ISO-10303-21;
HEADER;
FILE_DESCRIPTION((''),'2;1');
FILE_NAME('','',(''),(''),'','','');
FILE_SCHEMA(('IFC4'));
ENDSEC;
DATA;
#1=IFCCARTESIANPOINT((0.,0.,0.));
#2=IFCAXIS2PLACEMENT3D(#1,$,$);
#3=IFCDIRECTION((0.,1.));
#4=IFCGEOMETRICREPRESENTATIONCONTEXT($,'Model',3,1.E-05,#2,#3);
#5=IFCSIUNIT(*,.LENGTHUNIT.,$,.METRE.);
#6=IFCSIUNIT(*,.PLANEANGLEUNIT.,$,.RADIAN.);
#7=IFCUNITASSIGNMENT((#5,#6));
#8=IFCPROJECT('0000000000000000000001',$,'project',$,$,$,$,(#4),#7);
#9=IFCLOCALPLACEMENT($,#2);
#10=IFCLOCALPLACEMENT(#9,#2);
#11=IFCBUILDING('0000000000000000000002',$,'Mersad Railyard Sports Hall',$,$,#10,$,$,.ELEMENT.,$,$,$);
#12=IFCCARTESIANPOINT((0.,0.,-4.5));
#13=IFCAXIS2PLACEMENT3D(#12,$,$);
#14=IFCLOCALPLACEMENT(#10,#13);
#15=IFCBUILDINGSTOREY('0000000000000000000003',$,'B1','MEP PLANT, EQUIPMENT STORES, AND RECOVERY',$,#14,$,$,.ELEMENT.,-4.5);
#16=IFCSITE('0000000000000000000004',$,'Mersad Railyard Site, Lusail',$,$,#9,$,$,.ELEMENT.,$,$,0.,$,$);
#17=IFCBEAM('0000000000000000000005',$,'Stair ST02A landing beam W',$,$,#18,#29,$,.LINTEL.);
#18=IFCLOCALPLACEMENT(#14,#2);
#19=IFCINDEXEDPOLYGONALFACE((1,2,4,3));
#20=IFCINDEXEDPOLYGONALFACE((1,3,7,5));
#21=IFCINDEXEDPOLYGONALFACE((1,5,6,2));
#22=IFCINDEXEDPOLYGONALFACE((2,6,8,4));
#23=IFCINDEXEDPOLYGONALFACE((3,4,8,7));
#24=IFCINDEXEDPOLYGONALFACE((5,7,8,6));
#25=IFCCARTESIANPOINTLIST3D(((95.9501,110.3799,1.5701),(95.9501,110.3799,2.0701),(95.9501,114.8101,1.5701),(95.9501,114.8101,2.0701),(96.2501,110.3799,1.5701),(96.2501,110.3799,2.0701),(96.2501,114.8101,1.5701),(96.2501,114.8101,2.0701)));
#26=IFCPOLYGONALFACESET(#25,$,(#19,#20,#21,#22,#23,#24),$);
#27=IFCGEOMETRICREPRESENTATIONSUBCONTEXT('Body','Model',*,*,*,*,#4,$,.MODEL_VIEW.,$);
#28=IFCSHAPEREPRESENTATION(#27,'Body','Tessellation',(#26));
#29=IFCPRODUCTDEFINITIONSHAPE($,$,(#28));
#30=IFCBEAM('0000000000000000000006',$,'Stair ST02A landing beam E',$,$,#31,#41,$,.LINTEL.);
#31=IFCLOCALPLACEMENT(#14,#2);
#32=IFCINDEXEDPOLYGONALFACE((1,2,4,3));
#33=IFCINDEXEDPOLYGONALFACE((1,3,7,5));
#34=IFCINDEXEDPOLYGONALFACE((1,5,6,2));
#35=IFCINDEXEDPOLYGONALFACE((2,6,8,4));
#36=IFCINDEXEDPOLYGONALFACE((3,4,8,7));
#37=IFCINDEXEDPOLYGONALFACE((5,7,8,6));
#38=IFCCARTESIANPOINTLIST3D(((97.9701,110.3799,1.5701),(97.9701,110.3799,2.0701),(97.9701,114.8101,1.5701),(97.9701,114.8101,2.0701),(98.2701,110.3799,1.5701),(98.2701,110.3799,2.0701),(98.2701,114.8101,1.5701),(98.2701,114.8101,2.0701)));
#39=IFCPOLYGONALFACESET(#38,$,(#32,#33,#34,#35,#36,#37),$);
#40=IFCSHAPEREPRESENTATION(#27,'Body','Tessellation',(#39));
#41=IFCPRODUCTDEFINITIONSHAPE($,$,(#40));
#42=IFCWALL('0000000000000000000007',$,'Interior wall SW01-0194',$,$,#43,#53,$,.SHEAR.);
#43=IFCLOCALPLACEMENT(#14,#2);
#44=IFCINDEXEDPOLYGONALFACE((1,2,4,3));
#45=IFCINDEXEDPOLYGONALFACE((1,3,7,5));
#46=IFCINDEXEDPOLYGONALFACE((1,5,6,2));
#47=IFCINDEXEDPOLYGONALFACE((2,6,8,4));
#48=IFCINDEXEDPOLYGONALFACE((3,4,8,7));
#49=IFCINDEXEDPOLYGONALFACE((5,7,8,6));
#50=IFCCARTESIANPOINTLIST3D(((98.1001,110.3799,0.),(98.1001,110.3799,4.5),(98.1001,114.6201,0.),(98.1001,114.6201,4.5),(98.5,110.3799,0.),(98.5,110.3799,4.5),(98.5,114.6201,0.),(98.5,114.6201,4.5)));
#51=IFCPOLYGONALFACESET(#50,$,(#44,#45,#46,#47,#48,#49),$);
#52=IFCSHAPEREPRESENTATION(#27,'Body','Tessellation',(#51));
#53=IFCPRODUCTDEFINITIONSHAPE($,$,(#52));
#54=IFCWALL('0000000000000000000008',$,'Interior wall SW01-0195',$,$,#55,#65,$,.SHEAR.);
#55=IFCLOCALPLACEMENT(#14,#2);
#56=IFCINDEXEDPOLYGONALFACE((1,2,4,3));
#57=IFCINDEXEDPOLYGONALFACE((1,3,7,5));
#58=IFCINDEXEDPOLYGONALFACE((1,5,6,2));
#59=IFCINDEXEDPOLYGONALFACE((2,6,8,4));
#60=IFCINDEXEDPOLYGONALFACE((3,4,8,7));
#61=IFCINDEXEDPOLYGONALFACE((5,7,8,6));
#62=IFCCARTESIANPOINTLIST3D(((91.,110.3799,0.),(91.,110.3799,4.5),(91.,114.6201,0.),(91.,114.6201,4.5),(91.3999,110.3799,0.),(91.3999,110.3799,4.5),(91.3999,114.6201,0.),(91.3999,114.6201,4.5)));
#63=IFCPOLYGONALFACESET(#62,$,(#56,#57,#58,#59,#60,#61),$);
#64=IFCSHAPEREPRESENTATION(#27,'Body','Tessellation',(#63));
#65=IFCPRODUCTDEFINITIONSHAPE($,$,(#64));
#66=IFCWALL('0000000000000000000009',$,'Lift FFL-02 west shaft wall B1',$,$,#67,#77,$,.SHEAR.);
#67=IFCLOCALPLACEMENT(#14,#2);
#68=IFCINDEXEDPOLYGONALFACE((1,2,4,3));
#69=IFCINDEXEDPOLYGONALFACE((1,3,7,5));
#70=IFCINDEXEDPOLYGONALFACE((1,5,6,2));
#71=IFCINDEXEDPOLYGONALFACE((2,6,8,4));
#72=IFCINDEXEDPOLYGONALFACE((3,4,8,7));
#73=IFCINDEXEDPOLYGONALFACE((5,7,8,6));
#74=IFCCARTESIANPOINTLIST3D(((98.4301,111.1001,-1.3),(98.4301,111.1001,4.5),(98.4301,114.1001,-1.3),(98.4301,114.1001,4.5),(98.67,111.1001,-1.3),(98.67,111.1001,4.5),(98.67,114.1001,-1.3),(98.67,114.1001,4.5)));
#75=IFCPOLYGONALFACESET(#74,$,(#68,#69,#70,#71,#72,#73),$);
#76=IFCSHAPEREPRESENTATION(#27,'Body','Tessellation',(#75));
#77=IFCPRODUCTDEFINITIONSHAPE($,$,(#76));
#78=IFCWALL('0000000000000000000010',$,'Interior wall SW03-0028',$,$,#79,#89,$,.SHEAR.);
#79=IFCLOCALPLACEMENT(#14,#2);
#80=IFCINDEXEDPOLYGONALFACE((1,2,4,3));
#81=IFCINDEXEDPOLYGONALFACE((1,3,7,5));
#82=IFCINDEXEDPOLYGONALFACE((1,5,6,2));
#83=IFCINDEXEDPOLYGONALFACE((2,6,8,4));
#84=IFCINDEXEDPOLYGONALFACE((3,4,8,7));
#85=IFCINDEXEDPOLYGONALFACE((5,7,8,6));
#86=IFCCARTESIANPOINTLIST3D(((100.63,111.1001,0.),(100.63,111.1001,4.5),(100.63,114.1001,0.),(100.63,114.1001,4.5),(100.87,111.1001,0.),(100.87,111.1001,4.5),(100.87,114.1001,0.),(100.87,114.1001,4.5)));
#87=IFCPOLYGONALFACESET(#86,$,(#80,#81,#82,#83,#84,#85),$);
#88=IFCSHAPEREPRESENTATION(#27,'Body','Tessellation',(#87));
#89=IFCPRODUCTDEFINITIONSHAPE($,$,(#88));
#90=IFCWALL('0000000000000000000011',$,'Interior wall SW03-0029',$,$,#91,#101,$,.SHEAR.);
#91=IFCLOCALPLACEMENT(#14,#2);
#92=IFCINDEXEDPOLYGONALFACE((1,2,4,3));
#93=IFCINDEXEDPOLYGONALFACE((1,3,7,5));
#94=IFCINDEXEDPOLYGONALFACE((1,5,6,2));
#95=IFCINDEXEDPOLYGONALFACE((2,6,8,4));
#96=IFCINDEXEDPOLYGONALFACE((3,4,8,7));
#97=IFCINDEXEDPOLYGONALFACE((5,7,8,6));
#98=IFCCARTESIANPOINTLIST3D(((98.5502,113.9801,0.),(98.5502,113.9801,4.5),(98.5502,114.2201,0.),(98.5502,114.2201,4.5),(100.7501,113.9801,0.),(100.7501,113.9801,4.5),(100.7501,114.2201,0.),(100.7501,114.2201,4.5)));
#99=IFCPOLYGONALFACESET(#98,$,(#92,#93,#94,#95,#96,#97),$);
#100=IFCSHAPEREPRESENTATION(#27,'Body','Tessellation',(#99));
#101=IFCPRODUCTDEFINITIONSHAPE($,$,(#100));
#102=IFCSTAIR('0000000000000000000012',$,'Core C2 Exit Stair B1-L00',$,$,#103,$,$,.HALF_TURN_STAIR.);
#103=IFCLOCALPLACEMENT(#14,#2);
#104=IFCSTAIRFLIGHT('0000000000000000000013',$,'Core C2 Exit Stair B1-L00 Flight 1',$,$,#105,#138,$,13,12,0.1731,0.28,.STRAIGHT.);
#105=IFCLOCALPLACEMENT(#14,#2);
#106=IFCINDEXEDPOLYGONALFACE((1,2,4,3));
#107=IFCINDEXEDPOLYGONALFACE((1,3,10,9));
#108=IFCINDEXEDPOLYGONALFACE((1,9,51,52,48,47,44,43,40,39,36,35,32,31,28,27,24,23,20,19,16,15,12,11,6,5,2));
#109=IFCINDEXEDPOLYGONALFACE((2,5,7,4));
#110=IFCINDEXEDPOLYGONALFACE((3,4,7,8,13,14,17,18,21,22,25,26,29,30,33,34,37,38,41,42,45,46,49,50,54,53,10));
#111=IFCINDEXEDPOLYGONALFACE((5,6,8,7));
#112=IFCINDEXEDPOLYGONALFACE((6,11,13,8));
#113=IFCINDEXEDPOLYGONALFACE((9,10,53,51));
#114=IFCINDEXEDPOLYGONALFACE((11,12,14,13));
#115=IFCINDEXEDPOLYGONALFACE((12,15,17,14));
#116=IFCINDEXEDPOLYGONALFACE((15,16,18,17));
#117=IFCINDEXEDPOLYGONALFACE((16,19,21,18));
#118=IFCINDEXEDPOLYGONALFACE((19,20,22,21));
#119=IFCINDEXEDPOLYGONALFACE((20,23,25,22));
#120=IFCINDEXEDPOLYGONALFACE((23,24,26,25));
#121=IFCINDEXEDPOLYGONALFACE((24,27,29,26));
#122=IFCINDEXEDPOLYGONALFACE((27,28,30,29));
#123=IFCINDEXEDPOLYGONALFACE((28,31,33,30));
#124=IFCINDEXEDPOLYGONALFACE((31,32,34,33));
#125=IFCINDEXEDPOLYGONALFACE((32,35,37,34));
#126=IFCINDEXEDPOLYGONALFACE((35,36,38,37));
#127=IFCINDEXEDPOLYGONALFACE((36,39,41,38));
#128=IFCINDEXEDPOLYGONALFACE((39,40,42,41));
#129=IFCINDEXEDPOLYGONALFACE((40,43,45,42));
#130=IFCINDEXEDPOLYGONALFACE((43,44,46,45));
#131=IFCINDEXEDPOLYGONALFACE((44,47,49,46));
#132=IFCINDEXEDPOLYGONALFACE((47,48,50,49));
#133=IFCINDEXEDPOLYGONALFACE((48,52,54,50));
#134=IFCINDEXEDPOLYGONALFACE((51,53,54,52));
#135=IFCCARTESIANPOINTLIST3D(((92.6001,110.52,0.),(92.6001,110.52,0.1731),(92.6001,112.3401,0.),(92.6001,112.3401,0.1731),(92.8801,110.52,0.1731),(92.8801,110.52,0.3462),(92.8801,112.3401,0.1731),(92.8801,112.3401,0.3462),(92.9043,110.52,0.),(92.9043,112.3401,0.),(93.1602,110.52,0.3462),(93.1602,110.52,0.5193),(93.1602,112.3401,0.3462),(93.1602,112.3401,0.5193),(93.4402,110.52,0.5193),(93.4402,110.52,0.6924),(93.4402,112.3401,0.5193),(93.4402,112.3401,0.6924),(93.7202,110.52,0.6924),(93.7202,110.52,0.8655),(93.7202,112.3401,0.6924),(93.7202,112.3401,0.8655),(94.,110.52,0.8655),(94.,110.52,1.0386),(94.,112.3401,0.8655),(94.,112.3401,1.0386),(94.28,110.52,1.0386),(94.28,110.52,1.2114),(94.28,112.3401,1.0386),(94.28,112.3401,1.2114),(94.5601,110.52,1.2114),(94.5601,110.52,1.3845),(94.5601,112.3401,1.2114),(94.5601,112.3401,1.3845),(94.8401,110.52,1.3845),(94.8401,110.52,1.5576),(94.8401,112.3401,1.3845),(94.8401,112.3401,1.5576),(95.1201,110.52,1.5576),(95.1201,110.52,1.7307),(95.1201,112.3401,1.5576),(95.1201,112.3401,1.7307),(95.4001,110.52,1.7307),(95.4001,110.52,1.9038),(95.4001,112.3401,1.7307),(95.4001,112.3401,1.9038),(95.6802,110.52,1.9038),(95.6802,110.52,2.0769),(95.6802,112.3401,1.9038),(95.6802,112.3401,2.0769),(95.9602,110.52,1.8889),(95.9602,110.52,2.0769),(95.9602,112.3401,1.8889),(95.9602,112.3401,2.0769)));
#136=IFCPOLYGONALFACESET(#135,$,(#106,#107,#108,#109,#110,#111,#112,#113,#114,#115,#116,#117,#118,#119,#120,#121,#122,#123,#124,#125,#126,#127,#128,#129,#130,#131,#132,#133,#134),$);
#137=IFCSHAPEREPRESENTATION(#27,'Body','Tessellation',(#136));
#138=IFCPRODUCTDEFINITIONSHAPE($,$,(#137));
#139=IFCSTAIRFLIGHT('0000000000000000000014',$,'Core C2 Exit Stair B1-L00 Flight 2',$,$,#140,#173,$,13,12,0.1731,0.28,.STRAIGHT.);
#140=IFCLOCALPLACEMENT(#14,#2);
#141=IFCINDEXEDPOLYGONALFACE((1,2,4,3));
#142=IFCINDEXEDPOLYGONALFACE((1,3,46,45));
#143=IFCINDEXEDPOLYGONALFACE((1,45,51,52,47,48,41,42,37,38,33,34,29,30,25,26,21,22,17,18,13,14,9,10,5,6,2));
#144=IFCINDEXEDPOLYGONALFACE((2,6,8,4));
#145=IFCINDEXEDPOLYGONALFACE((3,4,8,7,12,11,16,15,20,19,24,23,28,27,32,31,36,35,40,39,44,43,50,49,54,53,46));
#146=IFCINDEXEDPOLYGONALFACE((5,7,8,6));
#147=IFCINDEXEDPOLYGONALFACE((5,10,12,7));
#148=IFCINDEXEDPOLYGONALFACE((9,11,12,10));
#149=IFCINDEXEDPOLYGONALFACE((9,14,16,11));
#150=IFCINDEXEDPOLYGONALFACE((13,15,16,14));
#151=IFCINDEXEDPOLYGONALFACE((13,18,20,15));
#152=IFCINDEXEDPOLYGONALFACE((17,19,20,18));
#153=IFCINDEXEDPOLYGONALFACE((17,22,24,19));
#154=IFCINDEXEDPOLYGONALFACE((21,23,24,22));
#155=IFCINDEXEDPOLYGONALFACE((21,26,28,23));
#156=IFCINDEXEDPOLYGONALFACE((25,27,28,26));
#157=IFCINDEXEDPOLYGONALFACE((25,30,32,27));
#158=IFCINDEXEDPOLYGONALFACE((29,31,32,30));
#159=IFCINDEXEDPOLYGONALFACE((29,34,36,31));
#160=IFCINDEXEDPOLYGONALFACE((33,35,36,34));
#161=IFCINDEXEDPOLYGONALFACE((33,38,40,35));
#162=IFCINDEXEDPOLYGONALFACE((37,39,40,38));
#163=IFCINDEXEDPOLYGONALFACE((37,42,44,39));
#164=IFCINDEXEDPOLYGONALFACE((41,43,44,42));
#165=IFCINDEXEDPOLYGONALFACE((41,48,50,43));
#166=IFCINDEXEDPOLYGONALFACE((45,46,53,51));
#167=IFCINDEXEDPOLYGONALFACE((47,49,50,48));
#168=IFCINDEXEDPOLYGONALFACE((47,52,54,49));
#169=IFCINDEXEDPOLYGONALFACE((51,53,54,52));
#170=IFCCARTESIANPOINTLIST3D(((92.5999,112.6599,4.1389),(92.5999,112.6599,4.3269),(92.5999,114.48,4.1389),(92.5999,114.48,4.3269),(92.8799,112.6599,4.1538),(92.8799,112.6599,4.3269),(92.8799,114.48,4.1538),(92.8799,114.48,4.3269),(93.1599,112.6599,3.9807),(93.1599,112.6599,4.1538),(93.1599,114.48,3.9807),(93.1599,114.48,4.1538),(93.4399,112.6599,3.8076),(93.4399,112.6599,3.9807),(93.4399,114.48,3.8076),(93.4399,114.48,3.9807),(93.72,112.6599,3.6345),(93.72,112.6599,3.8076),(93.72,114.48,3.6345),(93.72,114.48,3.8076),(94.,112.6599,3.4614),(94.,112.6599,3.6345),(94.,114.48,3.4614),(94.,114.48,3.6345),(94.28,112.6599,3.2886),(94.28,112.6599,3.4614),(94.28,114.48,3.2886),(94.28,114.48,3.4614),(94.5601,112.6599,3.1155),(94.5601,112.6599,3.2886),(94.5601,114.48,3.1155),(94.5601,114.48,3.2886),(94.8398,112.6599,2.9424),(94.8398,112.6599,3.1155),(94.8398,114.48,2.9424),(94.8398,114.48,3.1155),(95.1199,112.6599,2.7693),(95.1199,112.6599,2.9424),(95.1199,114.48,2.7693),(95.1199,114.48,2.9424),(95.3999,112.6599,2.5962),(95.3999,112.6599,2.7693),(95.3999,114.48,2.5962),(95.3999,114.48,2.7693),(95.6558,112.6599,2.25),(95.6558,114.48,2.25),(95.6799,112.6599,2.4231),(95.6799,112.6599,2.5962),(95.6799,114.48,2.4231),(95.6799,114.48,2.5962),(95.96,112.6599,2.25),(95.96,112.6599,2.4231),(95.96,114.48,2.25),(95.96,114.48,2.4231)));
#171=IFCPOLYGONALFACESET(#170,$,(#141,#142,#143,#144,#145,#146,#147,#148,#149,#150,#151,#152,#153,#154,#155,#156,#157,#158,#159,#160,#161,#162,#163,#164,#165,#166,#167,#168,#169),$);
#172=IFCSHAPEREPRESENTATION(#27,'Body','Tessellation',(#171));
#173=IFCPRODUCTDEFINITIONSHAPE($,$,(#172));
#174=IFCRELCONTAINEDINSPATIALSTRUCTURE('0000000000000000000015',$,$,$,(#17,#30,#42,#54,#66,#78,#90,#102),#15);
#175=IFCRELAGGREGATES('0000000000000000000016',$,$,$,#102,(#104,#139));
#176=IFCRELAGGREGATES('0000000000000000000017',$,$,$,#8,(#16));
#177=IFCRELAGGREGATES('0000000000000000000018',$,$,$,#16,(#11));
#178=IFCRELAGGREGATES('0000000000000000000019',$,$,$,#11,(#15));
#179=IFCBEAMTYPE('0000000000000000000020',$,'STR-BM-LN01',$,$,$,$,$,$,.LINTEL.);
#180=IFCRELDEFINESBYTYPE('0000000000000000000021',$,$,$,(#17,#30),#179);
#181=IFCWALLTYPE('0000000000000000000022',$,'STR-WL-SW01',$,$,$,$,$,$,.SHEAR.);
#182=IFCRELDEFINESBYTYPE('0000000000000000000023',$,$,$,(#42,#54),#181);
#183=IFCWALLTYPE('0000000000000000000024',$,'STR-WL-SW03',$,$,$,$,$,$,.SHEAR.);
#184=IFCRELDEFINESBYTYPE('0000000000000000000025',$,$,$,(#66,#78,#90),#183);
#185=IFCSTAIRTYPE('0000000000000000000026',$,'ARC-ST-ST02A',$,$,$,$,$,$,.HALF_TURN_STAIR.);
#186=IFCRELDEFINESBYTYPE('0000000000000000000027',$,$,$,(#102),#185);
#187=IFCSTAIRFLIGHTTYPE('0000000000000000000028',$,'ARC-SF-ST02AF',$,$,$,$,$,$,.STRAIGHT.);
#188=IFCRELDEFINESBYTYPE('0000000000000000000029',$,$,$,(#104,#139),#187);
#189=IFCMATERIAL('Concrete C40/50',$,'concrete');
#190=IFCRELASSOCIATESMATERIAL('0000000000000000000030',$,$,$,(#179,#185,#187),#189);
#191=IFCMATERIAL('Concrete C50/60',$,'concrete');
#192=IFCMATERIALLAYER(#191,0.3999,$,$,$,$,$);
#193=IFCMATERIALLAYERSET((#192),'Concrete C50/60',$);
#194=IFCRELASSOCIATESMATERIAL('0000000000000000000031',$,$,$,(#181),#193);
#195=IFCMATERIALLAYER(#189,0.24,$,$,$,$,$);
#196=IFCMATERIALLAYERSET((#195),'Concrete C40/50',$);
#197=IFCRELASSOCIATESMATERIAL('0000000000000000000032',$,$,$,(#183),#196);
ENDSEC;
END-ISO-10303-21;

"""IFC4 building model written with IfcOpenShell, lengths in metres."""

from ifc_helpers import new_model, si_unit, direction, frame, frame_2d, origin, origin_2d, place, context, subcontext, project, spatial, polyline, rectangle, outline, extrude, material, layer, layer_set, material_profile, profile_set, type_object, element, aggregate, save


model = new_model("IFC4")

# Units and contexts
model_context = context("Model", 3, precision=1e-05, world=origin(), true_north=direction((0.0, 1.0)))
body_context = subcontext(model_context, "Body", "Model", "MODEL_VIEW")
ifc_project = project(units=[si_unit("LENGTHUNIT", "METRE"), si_unit("PLANEANGLEUNIT", "RADIAN")], contexts=[model_context])

# Site, building, storey
site_placement = place(None, origin())
site = spatial("IfcSite", under=ifc_project, at=site_placement, Name="Mersad Railyard Site, Lusail", CompositionType="ELEMENT", RefElevation=0.0)
building_placement = place(site_placement, origin())
building = spatial("IfcBuilding", under=site, at=building_placement, Name="Mersad Railyard Sports Hall", CompositionType="ELEMENT")
storey_placement = place(building_placement, frame((0.0, 0.0, -4.5)))
storey = spatial("IfcBuildingStorey", under=building, at=storey_placement, Name="B1", Description="MEP PLANT, EQUIPMENT STORES, AND RECOVERY", CompositionType="ELEMENT", Elevation=-4.5)

# Shared definitions
ifc_material_1 = material(Name="Concrete C40/50", Category="concrete")

# Shared definitions
ifc_material_2 = material(Name="Concrete C50/60", Category="concrete")

# Beams
ifc_material_profile_1 = material_profile(ifc_material_1, rectangle(XDim=0.3, YDim=0.5, at=origin_2d()), Name="RC 300x500")
ifc_profile_set_1 = profile_set([ifc_material_profile_1], Name="Concrete C40/50")
beam_type = type_object("IfcBeamType", Name="STR-BM-LN01", PredefinedType="LINTEL", material=ifc_profile_set_1)
for number, where, z_axis, x_axis, name in (
    (1, (96.1001, 110.3799, 1.8201), (0.0, 1.0, 0.0), (-1.0, 0.0, 0.0), "Stair ST02A landing beam W"),
    (2, (98.1201, 110.3799, 1.8201), (0.0, 1.0, 0.0), (-1.0, 0.0, 0.0), "Stair ST02A landing beam E"),
):
    element("IfcBeam", number, at=place(storey_placement, frame(where, z_axis=z_axis, x_axis=x_axis)), inside=storey, type_object=beam_type, Name=name, PredefinedType="LINTEL", context=body_context, shape_type="SweptSolid", body=[
        extrude(rectangle(XDim=0.3, YDim=0.5, at=origin_2d()), origin(), (0.0, 0.0, 1.0), 4.4302),
    ])

# Shared definitions
ifc_layer_1 = layer(ifc_material_2, 0.3999)
ifc_layer_set_1 = layer_set([ifc_layer_1], Name="Concrete C50/60")
wall_type_1 = type_object("IfcWallType", Name="STR-WL-SW01", PredefinedType="SHEAR", material=ifc_layer_set_1)

# Walls
for number, where, z_axis, x_axis, name in (
    (3, (98.3, 110.3799, 0.0), (0.0, 0.0, 1.0), (0.0, 1.0, 0.0), "Interior wall SW01-0194"),
    (4, (91.2, 114.6201, 0.0), (0.0, 0.0, 1.0), (0.0, -1.0, 0.0), "Interior wall SW01-0195"),
):
    element("IfcWall", number, at=place(storey_placement, frame(where, z_axis=z_axis, x_axis=x_axis)), inside=storey, type_object=wall_type_1, Name=name, PredefinedType="SHEAR", context=body_context, shape_type="SweptSolid", body=[
        extrude(rectangle(XDim=4.2402, YDim=0.3999, at=frame_2d((2.1201, 0.0))), origin(), (0.0, 0.0, 1.0), 4.5),
    ])
ifc_layer_2 = layer(ifc_material_1, 0.24)
ifc_layer_set_2 = layer_set([ifc_layer_2], Name="Concrete C40/50")
wall_type_2 = type_object("IfcWallType", Name="STR-WL-SW03", PredefinedType="SHEAR", material=ifc_layer_set_2)
wall_1_placement = place(storey_placement, frame((98.55, 111.1001, -1.3), z_axis=(0.0, 0.0, 1.0), x_axis=(0.0, 1.0, 0.0)))
element("IfcWall", 5, at=wall_1_placement, inside=storey, type_object=wall_type_2, Name="Lift FFL-02 west shaft wall B1", PredefinedType="SHEAR", context=body_context, shape_type="SweptSolid", body=[
    extrude(rectangle(XDim=3.0, YDim=0.24, at=frame_2d((1.5, 0.0))), origin(), (0.0, 0.0, 1.0), 5.8),
])
wall_2_placement = place(storey_placement, frame((100.75, 114.1001, 0.0), z_axis=(0.0, 0.0, 1.0), x_axis=(0.0, -1.0, 0.0)))
element("IfcWall", 6, at=wall_2_placement, inside=storey, type_object=wall_type_2, Name="Interior wall SW03-0028", PredefinedType="SHEAR", context=body_context, shape_type="SweptSolid", body=[
    extrude(rectangle(XDim=3.0, YDim=0.24, at=frame_2d((1.5, 0.0))), origin(), (0.0, 0.0, 1.0), 4.5),
])
wall_3_placement = place(storey_placement, frame((98.55, 114.1001, 0.0), z_axis=(0.0, 0.0, 1.0), x_axis=(1.0, 0.0, 0.0)))
element("IfcWall", 7, at=wall_3_placement, inside=storey, type_object=wall_type_2, Name="Interior wall SW03-0029", PredefinedType="SHEAR", context=body_context, shape_type="SweptSolid", body=[
    extrude(rectangle(XDim=2.2, YDim=0.24, at=frame_2d((1.1001, 0.0))), origin(), (0.0, 0.0, 1.0), 4.5),
])

# Stair, stair flights
stair_type = type_object("IfcStairType", Name="ARC-ST-ST02A", PredefinedType="HALF_TURN_STAIR", material=ifc_material_1)
stair_placement = place(storey_placement, origin())
stair = element("IfcStair", 8, at=stair_placement, inside=storey, type_object=stair_type, Name="Core C2 Exit Stair B1-L00", PredefinedType="HALF_TURN_STAIR")
stair_flight_type = type_object("IfcStairFlightType", Name="ARC-SF-ST02AF", PredefinedType="STRAIGHT", material=ifc_material_1)
stair_flight_1_placement = place(storey_placement, frame((92.6001, 111.4299, 0.0), z_axis=(0.0, 0.0, 1.0), x_axis=(1.0, 0.0, 0.0)))
stair_flight_1 = element("IfcStairFlight", 9, at=stair_flight_1_placement, type_object=stair_flight_type, Name="Core C2 Exit Stair B1-L00 Flight 1", NumberOfRisers=13, NumberOfTreads=12, PredefinedType="STRAIGHT", RiserHeight=0.1731, TreadLength=0.28, context=body_context, shape_type="SweptSolid", body=[
    extrude(outline(polyline([(0.0, 0.0), (0.0, 0.1731), (0.28, 0.1731), (0.28, 0.3462), (0.5601, 0.3462), (0.5601, 0.5193), (0.8401, 0.5193), (0.8401, 0.6924), (1.1201, 0.6924), (1.1201, 0.8655), (1.3999, 0.8655), (1.3999, 1.0386), (1.6799, 1.0386), (1.6799, 1.2114), (1.96, 1.2114), (1.96, 1.3845), (2.24, 1.3845), (2.24, 1.5576), (2.52, 1.5576), (2.52, 1.7307), (2.8, 1.7307), (2.8, 1.9038), (3.0801, 1.9038), (3.0801, 2.0769), (3.3601, 2.0769), (3.3601, 2.25), (3.3601, 1.8889), (0.3042, 0.0), (0.0, 0.0)])), frame((0.0, 0.9102, 0.0), z_axis=(0.0, -1.0, 0.0), x_axis=(1.0, 0.0, 0.0)), (0.0, 0.0, 1.0), 1.8201),
])
stair_flight_2_placement = place(storey_placement, frame((95.96, 113.5701, 2.25), z_axis=(0.0, 0.0, 1.0), x_axis=(-1.0, 0.0, 0.0)))
stair_flight_2 = element("IfcStairFlight", 10, at=stair_flight_2_placement, type_object=stair_flight_type, Name="Core C2 Exit Stair B1-L00 Flight 2", NumberOfRisers=13, NumberOfTreads=12, PredefinedType="STRAIGHT", RiserHeight=0.1731, TreadLength=0.28, context=body_context, shape_type="SweptSolid", body=[
    extrude(outline(polyline([(0.0, 0.0), (0.0, 0.1731), (0.28, 0.1731), (0.28, 0.3462), (0.5601, 0.3462), (0.5601, 0.5193), (0.8401, 0.5193), (0.8401, 0.6924), (1.1201, 0.6924), (1.1201, 0.8655), (1.3999, 0.8655), (1.3999, 1.0386), (1.6799, 1.0386), (1.6799, 1.2114), (1.96, 1.2114), (1.96, 1.3845), (2.24, 1.3845), (2.24, 1.5576), (2.52, 1.5576), (2.52, 1.7307), (2.8, 1.7307), (2.8, 1.9038), (3.0801, 1.9038), (3.0801, 2.0769), (3.3601, 2.0769), (3.3601, 2.25), (3.3601, 1.8889), (0.3042, 0.0), (0.0, 0.0)])), frame((0.0, 0.9102, 0.0), z_axis=(0.0, -1.0, 0.0), x_axis=(1.0, 0.0, 0.0)), (0.0, 0.0, 1.0), 1.8201),
])
aggregate(stair, [stair_flight_1, stair_flight_2])

save(model, "model.ifc")
